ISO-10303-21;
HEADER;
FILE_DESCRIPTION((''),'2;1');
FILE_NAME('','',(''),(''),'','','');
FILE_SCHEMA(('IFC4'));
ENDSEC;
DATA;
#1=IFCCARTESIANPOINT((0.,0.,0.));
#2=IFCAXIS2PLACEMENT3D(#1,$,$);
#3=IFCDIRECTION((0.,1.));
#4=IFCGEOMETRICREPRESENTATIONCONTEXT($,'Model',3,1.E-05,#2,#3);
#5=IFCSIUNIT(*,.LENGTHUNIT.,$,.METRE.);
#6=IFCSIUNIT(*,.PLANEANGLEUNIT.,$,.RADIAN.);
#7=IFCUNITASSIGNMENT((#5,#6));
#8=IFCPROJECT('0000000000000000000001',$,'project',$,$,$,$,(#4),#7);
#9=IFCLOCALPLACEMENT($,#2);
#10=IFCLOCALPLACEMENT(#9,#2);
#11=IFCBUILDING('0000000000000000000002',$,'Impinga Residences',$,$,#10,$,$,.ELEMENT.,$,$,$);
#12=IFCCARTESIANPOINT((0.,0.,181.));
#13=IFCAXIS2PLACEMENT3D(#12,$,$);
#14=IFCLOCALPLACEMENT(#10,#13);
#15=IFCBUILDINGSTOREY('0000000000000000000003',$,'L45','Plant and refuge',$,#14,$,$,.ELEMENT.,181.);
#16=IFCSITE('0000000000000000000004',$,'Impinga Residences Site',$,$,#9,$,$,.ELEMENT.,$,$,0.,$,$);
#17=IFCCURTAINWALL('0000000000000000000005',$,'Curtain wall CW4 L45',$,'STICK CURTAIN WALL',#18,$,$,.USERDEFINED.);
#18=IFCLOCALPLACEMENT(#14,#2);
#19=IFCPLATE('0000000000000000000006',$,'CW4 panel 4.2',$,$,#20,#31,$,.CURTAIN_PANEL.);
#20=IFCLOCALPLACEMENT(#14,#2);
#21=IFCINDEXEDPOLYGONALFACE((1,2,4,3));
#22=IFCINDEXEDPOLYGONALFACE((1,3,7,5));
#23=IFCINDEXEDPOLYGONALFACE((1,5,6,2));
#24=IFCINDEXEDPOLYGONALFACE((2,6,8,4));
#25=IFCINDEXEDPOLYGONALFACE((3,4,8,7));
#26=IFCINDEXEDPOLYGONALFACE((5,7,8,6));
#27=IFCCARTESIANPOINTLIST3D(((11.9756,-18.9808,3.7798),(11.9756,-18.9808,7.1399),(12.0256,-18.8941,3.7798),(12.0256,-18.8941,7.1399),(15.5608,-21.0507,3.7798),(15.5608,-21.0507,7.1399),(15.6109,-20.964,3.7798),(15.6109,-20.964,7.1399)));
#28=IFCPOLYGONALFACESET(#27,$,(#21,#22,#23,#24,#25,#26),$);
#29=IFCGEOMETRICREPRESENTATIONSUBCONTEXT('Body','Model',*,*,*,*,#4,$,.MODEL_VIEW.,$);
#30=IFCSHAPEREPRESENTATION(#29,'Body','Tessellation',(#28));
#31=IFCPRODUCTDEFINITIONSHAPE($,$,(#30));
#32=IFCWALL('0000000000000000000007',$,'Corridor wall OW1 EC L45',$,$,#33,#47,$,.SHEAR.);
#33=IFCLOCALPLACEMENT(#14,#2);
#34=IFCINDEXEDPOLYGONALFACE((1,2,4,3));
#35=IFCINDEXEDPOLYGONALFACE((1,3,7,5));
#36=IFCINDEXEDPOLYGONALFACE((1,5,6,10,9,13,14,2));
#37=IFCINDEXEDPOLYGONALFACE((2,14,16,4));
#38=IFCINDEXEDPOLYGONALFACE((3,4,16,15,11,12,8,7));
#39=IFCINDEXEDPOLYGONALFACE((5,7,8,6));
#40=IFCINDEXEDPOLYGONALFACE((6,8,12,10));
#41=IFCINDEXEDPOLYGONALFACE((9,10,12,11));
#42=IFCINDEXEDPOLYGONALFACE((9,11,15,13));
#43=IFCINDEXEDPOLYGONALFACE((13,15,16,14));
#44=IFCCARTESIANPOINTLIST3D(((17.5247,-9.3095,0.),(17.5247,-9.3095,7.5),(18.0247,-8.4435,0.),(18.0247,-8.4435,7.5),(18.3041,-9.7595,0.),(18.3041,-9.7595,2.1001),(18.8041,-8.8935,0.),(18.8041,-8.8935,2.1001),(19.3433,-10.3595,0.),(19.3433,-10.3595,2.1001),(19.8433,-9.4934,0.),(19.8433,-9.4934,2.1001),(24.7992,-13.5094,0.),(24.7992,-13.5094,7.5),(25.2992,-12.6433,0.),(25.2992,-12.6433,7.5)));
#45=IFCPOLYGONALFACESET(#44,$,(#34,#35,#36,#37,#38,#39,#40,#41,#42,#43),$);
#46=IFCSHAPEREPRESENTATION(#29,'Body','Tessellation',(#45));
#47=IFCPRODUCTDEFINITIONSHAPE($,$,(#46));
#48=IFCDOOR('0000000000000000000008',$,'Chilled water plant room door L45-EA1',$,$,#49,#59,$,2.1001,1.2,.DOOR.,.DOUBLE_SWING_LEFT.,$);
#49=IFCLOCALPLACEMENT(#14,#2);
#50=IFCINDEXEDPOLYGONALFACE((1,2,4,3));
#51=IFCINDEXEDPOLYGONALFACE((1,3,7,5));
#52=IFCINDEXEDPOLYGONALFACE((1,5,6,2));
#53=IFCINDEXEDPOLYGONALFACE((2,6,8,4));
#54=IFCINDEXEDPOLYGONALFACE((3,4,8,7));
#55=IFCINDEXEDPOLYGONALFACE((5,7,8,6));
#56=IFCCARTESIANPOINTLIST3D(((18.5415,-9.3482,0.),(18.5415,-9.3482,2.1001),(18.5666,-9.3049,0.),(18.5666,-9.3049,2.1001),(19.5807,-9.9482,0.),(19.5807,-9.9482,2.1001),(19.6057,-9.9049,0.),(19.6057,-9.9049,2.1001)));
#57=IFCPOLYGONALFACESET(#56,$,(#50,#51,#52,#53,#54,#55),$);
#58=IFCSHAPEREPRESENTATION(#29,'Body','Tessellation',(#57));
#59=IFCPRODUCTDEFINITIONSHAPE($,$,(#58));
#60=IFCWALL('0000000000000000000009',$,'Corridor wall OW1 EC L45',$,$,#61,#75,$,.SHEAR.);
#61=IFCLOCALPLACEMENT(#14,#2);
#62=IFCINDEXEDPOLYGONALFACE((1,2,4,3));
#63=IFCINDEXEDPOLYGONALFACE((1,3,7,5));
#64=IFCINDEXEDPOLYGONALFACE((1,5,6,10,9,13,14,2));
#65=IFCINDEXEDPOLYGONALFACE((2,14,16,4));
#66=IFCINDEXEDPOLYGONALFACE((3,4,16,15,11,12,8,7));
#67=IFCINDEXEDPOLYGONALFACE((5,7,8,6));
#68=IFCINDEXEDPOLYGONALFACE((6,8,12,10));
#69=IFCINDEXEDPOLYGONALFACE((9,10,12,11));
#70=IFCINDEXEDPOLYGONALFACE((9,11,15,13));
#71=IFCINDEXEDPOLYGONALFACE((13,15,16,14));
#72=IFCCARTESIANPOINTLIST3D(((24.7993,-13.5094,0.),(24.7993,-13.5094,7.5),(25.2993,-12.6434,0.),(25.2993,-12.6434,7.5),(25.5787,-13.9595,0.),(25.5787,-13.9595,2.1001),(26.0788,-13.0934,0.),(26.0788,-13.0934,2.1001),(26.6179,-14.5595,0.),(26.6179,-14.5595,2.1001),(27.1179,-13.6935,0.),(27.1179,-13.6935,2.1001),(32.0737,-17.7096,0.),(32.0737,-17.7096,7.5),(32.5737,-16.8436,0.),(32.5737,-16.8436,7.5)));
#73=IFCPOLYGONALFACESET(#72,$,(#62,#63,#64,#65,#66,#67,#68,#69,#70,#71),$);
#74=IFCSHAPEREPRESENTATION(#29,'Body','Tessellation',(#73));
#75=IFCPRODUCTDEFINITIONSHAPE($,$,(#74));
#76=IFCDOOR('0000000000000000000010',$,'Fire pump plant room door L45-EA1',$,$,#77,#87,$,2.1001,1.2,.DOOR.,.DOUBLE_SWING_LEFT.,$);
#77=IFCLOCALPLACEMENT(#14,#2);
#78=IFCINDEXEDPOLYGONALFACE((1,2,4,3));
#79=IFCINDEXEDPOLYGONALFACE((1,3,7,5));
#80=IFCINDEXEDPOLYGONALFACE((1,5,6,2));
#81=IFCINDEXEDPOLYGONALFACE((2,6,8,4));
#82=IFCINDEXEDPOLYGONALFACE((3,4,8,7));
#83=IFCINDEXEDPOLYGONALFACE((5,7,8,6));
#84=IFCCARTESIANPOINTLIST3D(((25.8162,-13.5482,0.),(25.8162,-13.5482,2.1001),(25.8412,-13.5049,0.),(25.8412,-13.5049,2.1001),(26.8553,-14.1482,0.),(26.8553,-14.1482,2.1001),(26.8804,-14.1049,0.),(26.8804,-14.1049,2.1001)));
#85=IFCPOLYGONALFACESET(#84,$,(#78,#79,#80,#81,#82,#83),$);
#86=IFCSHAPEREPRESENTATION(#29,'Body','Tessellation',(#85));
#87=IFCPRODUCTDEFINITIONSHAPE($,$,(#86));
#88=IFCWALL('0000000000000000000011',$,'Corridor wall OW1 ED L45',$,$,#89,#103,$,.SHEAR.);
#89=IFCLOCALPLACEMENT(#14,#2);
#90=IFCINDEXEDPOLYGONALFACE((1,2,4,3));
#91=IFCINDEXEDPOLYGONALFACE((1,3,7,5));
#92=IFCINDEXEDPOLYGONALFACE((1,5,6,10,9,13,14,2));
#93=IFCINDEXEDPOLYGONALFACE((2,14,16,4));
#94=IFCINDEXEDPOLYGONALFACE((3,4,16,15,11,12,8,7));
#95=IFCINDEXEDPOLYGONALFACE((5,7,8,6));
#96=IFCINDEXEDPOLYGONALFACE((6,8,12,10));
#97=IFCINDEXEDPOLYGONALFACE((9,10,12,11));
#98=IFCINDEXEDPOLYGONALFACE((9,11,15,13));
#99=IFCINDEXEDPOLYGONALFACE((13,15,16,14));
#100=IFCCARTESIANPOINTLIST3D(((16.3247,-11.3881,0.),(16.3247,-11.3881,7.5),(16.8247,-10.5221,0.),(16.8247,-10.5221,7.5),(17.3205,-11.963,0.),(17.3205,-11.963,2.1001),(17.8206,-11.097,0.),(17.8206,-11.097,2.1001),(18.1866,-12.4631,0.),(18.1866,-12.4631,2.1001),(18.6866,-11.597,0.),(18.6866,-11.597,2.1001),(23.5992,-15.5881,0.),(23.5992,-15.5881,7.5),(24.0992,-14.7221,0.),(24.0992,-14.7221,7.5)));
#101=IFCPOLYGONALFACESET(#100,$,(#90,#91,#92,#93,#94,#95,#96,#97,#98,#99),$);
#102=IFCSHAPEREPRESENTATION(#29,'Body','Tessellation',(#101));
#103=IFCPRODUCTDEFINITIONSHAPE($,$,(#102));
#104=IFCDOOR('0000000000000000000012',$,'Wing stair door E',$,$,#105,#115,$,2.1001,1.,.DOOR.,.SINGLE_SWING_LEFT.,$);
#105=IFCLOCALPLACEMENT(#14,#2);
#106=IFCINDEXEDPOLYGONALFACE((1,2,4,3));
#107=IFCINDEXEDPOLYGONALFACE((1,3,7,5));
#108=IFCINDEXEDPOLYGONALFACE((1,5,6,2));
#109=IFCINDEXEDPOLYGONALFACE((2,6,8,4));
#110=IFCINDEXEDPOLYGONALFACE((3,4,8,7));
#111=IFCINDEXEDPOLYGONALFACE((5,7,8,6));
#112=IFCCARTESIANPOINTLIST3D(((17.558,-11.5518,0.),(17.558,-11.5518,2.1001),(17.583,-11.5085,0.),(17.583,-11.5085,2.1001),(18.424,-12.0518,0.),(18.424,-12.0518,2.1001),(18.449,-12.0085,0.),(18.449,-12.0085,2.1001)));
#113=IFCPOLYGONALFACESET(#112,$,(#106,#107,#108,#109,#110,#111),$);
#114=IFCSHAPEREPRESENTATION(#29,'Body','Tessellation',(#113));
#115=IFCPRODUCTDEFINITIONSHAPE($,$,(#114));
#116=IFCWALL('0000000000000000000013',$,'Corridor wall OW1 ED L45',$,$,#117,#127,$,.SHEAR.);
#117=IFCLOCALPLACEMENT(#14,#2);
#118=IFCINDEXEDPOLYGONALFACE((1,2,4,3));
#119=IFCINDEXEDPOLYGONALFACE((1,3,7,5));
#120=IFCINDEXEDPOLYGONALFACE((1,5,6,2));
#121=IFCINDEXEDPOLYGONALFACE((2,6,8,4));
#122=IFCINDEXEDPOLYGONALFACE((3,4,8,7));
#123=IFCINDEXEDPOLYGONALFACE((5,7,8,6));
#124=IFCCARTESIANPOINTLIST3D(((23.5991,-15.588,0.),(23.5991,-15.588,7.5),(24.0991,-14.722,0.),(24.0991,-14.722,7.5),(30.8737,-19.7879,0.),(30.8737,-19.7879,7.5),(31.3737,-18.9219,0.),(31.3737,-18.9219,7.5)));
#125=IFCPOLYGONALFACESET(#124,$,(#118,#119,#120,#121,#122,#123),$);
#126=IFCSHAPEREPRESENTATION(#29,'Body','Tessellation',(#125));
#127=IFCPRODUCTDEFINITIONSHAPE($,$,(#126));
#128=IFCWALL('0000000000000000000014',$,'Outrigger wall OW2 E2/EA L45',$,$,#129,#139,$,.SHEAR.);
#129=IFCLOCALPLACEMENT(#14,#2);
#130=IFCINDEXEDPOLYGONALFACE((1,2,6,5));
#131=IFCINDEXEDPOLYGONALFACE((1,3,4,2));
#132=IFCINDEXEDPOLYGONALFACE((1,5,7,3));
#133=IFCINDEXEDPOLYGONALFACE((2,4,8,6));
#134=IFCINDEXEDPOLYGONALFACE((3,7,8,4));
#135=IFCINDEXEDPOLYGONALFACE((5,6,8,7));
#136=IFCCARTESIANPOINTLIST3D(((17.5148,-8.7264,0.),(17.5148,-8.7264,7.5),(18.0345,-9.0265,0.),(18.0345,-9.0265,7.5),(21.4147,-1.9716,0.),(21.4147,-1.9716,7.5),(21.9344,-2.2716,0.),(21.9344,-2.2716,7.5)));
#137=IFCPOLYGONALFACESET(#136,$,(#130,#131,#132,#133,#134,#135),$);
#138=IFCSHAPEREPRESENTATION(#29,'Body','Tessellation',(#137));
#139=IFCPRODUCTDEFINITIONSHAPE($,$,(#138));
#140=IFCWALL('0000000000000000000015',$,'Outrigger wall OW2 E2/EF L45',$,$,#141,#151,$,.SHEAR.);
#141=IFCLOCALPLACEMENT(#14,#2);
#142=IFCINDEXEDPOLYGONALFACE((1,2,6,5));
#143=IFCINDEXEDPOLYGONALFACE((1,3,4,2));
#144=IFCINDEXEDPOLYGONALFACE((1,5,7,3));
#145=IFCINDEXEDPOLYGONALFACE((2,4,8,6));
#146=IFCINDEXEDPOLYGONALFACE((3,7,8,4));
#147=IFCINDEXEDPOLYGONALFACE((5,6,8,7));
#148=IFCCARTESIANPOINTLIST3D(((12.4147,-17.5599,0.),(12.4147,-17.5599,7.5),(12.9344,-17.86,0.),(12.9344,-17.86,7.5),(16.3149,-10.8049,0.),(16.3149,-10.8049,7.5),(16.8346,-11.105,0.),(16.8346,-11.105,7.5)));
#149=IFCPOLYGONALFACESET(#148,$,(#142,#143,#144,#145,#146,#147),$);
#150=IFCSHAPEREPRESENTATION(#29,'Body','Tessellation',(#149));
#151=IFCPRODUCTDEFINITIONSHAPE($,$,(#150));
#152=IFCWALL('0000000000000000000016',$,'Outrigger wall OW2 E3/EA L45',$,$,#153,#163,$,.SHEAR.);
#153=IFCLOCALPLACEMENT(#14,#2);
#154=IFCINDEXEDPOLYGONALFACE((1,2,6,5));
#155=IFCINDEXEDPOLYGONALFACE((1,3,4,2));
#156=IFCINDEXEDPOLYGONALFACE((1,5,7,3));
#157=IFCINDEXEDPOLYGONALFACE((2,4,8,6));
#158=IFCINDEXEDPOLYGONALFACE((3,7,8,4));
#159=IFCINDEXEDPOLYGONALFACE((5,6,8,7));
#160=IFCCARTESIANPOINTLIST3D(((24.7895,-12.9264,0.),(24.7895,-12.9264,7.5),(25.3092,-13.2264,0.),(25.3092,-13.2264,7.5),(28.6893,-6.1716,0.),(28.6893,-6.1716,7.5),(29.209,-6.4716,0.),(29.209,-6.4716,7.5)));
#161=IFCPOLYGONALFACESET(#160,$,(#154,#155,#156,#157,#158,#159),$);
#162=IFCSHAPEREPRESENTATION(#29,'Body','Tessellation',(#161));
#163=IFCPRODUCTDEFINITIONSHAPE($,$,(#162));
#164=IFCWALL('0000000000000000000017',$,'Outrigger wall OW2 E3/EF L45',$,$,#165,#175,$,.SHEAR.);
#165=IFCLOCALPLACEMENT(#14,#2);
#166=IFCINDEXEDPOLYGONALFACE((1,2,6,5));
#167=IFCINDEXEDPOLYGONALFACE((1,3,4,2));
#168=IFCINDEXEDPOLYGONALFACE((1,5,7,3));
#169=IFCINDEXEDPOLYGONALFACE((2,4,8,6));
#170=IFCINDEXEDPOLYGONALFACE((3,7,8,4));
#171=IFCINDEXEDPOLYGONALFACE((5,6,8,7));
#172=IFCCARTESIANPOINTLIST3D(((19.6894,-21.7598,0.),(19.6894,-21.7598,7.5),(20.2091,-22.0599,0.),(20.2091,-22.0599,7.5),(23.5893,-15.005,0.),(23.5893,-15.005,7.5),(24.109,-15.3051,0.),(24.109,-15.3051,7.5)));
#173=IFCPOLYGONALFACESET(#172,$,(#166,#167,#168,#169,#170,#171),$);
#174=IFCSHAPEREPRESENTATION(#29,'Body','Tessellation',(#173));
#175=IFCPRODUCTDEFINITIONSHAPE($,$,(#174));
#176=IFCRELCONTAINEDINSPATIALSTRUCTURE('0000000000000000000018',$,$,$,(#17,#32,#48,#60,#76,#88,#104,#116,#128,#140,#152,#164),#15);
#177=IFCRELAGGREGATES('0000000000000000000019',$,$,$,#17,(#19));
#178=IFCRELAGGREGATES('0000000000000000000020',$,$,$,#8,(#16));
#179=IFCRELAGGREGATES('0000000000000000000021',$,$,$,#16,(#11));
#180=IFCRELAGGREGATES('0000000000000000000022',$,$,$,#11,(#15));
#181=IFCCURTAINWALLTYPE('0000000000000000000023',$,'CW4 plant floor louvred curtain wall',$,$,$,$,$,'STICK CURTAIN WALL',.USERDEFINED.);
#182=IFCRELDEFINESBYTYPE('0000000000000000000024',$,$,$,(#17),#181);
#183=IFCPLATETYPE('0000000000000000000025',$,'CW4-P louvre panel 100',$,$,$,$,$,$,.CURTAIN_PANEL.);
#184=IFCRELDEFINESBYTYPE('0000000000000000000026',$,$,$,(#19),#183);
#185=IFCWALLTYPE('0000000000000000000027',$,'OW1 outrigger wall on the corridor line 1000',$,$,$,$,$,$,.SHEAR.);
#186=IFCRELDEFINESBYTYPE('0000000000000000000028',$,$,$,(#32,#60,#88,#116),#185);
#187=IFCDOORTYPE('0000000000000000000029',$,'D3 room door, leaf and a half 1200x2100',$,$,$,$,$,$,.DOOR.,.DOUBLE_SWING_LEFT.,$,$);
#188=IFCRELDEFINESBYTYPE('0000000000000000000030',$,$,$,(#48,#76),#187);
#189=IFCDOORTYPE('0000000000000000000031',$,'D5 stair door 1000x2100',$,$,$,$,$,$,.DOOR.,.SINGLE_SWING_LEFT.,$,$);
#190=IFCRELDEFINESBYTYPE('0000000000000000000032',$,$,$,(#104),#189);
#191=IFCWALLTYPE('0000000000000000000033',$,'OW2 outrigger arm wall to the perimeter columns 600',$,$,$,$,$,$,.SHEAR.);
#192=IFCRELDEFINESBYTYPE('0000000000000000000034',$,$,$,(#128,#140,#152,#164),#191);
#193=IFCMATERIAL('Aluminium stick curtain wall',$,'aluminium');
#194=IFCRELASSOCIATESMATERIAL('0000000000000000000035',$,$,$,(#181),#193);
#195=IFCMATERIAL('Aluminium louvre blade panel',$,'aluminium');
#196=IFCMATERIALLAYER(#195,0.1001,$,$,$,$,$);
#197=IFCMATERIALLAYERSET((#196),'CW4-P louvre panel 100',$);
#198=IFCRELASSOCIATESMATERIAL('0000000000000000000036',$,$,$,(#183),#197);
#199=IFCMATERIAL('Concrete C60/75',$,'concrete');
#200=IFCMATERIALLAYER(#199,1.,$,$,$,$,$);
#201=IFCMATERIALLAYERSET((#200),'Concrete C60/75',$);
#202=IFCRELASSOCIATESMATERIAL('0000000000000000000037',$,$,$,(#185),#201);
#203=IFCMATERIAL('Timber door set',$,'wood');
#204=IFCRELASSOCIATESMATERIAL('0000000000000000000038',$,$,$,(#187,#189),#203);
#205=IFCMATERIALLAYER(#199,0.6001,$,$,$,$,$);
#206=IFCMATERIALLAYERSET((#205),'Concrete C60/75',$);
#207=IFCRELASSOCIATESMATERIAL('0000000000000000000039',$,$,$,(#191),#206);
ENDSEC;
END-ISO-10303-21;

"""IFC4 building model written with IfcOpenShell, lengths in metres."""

from ifc_helpers import new_model, si_unit, direction, frame, frame_2d, origin, origin_2d, place, context, subcontext, project, spatial, rectangle, extrude, material, layer, layer_set, type_object, element, fill, aggregate, save


model = new_model("IFC4")

# Units and contexts
model_context = context("Model", 3, precision=1e-05, world=origin(), true_north=direction((0.0, 1.0)))
body_context = subcontext(model_context, "Body", "Model", "MODEL_VIEW")
ifc_project = project(units=[si_unit("LENGTHUNIT", "METRE"), si_unit("PLANEANGLEUNIT", "RADIAN")], contexts=[model_context])

# Site, building, storey
site_placement = place(None, origin())
site = spatial("IfcSite", under=ifc_project, at=site_placement, Name="Impinga Residences Site", CompositionType="ELEMENT", RefElevation=0.0)
building_placement = place(site_placement, origin())
building = spatial("IfcBuilding", under=site, at=building_placement, Name="Impinga Residences", CompositionType="ELEMENT")
storey_placement = place(building_placement, frame((0.0, 0.0, 181.0)))
storey = spatial("IfcBuildingStorey", under=building, at=storey_placement, Name="L45", Description="Plant and refuge", CompositionType="ELEMENT", Elevation=181.0)

# Curtain wall, plate
ifc_material_1 = material(Name="Aluminium stick curtain wall", Category="aluminium")
curtain_wall_type = type_object("IfcCurtainWallType", Name="CW4 plant floor louvred curtain wall", ElementType="STICK CURTAIN WALL", PredefinedType="USERDEFINED", material=ifc_material_1)
curtain_wall_placement = place(storey_placement, origin())
curtain_wall = element("IfcCurtainWall", 1, at=curtain_wall_placement, inside=storey, type_object=curtain_wall_type, Name="Curtain wall CW4 L45", ObjectType="STICK CURTAIN WALL", PredefinedType="USERDEFINED")
ifc_material_2 = material(Name="Aluminium louvre blade panel", Category="aluminium")
ifc_layer_1 = layer(ifc_material_2, 0.1001)
ifc_layer_set_1 = layer_set([ifc_layer_1], Name="CW4-P louvre panel 100")
plate_type = type_object("IfcPlateType", Name="CW4-P louvre panel 100", PredefinedType="CURTAIN_PANEL", material=ifc_layer_set_1)
plate_placement = place(storey_placement, frame((13.7932, -19.9724, 3.7798), z_axis=(0.0, 0.0, 1.0), x_axis=(-0.866025, 0.5, 0.0)))
plate = element("IfcPlate", 2, at=plate_placement, type_object=plate_type, Name="CW4 panel 4.2", PredefinedType="CURTAIN_PANEL", context=body_context, shape_type="SweptSolid", body=[
    extrude(rectangle(XDim=4.1399, YDim=0.1001, at=origin_2d()), origin(), (0.0, 0.0, 1.0), 3.3601),
])
aggregate(curtain_wall, [plate])

# Walls, openings, doors
ifc_material_3 = material(Name="Concrete C60/75", Category="concrete")
ifc_layer_2 = layer(ifc_material_3, 1.0)
ifc_layer_set_2 = layer_set([ifc_layer_2], Name="Concrete C60/75")
wall_type_1 = type_object("IfcWallType", Name="OW1 outrigger wall on the corridor line 1000", PredefinedType="SHEAR", material=ifc_layer_set_2)
wall_1_placement = place(storey_placement, frame((17.7747, -8.8765, 0.0), z_axis=(0.0, 0.0, 1.0), x_axis=(0.866029, -0.499993, 0.0)))
wall_1 = element("IfcWall", 3, at=wall_1_placement, inside=storey, type_object=wall_type_1, Name="Corridor wall OW1 EC L45", PredefinedType="SHEAR", context=body_context, shape_type="SweptSolid", body=[
    extrude(rectangle(XDim=8.3999, YDim=1.0, at=frame_2d((4.2, 0.0))), origin(), (0.0, 0.0, 1.0), 7.5),
])
opening_1_placement = place(wall_1_placement, frame((0.8999, 0.0, 0.0)))
opening_1 = element("IfcOpeningElement", 4, at=opening_1_placement, cuts=wall_1, PredefinedType="OPENING", context=body_context, shape_type="SweptSolid", body=[
    extrude(rectangle(XDim=1.2, YDim=2.1001, at=frame_2d((0.6001, 1.05))), frame((0.0, 0.51, 0.0), z_axis=(0.0, -1.0, 0.0), x_axis=(1.0, 0.0, 0.0)), (0.0, 0.0, 1.0), 1.02),
])
ifc_material_4 = material(Name="Timber door set", Category="wood")
door_type_1 = type_object("IfcDoorType", Name="D3 room door, leaf and a half 1200x2100", OperationType="DOUBLE_SWING_LEFT", PredefinedType="DOOR", material=ifc_material_4)
door_1_placement = place(opening_1_placement, origin())
door_1 = element("IfcDoor", 5, at=door_1_placement, inside=storey, type_object=door_type_1, Name="Chilled water plant room door L45-EA1", OperationType="DOUBLE_SWING_LEFT", OverallHeight=2.1001, OverallWidth=1.2, PredefinedType="DOOR", context=body_context, shape_type="SweptSolid", body=[
    extrude(rectangle(XDim=1.2, YDim=2.1001, at=frame_2d((0.6001, 1.05))), frame((0.0, 0.0249, 0.0), z_axis=(0.0, -1.0, 0.0), x_axis=(1.0, 0.0, 0.0)), (0.0, 0.0, 1.0), 0.05),
])
fill(opening_1, door_1)
wall_2_placement = place(storey_placement, frame((25.0493, -13.0764, 0.0), z_axis=(0.0, 0.0, 1.0), x_axis=(0.866009, -0.500028, 0.0)))
wall_2 = element("IfcWall", 6, at=wall_2_placement, inside=storey, type_object=wall_type_1, Name="Corridor wall OW1 EC L45", PredefinedType="SHEAR", context=body_context, shape_type="SweptSolid", body=[
    extrude(rectangle(XDim=8.3999, YDim=1.0, at=frame_2d((4.2, 0.0))), origin(), (0.0, 0.0, 1.0), 7.5),
])
opening_2_placement = place(wall_2_placement, frame((0.8999, 0.0, 0.0)))
opening_2 = element("IfcOpeningElement", 7, at=opening_2_placement, cuts=wall_2, PredefinedType="OPENING", context=body_context, shape_type="SweptSolid", body=[
    extrude(rectangle(XDim=1.2, YDim=2.1001, at=frame_2d((0.6001, 1.05))), frame((0.0, 0.51, 0.0), z_axis=(0.0, -1.0, 0.0), x_axis=(1.0, 0.0, 0.0)), (0.0, 0.0, 1.0), 1.02),
])
door_2_placement = place(opening_2_placement, origin())
door_2 = element("IfcDoor", 8, at=door_2_placement, inside=storey, type_object=door_type_1, Name="Fire pump plant room door L45-EA1", OperationType="DOUBLE_SWING_LEFT", OverallHeight=2.1001, OverallWidth=1.2, PredefinedType="DOOR", context=body_context, shape_type="SweptSolid", body=[
    extrude(rectangle(XDim=1.2, YDim=2.1001, at=frame_2d((0.6001, 1.05))), frame((0.0, 0.0249, 0.0), z_axis=(0.0, -1.0, 0.0), x_axis=(1.0, 0.0, 0.0)), (0.0, 0.0, 1.0), 0.05),
])
fill(opening_2, door_2)
wall_3_placement = place(storey_placement, frame((16.5747, -10.9551, 0.0), z_axis=(0.0, 0.0, 1.0), x_axis=(0.866022, -0.500006, 0.0)))
wall_3 = element("IfcWall", 9, at=wall_3_placement, inside=storey, type_object=wall_type_1, Name="Corridor wall OW1 ED L45", PredefinedType="SHEAR", context=body_context, shape_type="SweptSolid", body=[
    extrude(rectangle(XDim=8.3999, YDim=1.0, at=frame_2d((4.2, 0.0))), origin(), (0.0, 0.0, 1.0), 7.5),
])
opening_3_placement = place(wall_3_placement, frame((1.1499, 0.0, 0.0)))
opening_3 = element("IfcOpeningElement", 10, at=opening_3_placement, cuts=wall_3, PredefinedType="OPENING", context=body_context, shape_type="SweptSolid", body=[
    extrude(rectangle(XDim=1.0, YDim=2.1001, at=frame_2d((0.5, 1.05))), frame((0.0, 0.51, 0.0), z_axis=(0.0, -1.0, 0.0), x_axis=(1.0, 0.0, 0.0)), (0.0, 0.0, 1.0), 1.02),
])
door_type_2 = type_object("IfcDoorType", Name="D5 stair door 1000x2100", OperationType="SINGLE_SWING_LEFT", PredefinedType="DOOR", material=ifc_material_4)
door_3_placement = place(opening_3_placement, origin())
door_3 = element("IfcDoor", 11, at=door_3_placement, inside=storey, type_object=door_type_2, Name="Wing stair door E", OperationType="SINGLE_SWING_LEFT", OverallHeight=2.1001, OverallWidth=1.0, PredefinedType="DOOR", context=body_context, shape_type="SweptSolid", body=[
    extrude(rectangle(XDim=1.0, YDim=2.1001, at=frame_2d((0.5, 1.05))), frame((0.0, 0.0249, 0.0), z_axis=(0.0, -1.0, 0.0), x_axis=(1.0, 0.0, 0.0)), (0.0, 0.0, 1.0), 0.05),
])
fill(opening_3, door_3)

# Walls
wall_4_placement = place(storey_placement, frame((23.8491, -15.155, 0.0), z_axis=(0.0, 0.0, 1.0), x_axis=(0.866029, -0.499993, 0.0)))
element("IfcWall", 12, at=wall_4_placement, inside=storey, type_object=wall_type_1, Name="Corridor wall OW1 ED L45", PredefinedType="SHEAR", context=body_context, shape_type="SweptSolid", body=[
    extrude(rectangle(XDim=8.3999, YDim=1.0, at=frame_2d((4.2, 0.0))), origin(), (0.0, 0.0, 1.0), 7.5),
])
ifc_layer_3 = layer(ifc_material_3, 0.6001)
ifc_layer_set_3 = layer_set([ifc_layer_3], Name="Concrete C60/75")
wall_type_2 = type_object("IfcWallType", Name="OW2 outrigger arm wall to the perimeter columns 600", PredefinedType="SHEAR", material=ifc_layer_set_3)
wall_5_placement = place(storey_placement, frame((17.7747, -8.8765, 0.0), z_axis=(0.0, 0.0, 1.0), x_axis=(0.499997, 0.866027, 0.0)))
element("IfcWall", 13, at=wall_5_placement, inside=storey, type_object=wall_type_2, Name="Outrigger wall OW2 E2/EA L45", PredefinedType="SHEAR", context=body_context, shape_type="SweptSolid", body=[
    extrude(rectangle(XDim=7.7998, YDim=0.6001, at=frame_2d((3.8999, 0.0))), origin(), (0.0, 0.0, 1.0), 7.5),
])
wall_6_placement = place(storey_placement, frame((16.5747, -10.9551, 0.0), z_axis=(0.0, 0.0, 1.0), x_axis=(-0.50002, -0.866014, 0.0)))
element("IfcWall", 14, at=wall_6_placement, inside=storey, type_object=wall_type_2, Name="Outrigger wall OW2 E2/EF L45", PredefinedType="SHEAR", context=body_context, shape_type="SweptSolid", body=[
    extrude(rectangle(XDim=7.8, YDim=0.6001, at=frame_2d((3.8999, 0.0))), origin(), (0.0, 0.0, 1.0), 7.5),
])
for number, where, z_axis, x_axis, name in (
    (15, (25.0493, -13.0764, 0.0), (0.0, 0.0, 1.0), (0.499997, 0.866027, 0.0), "Outrigger wall OW2 E3/EA L45"),
    (16, (23.8491, -15.155, 0.0), (0.0, 0.0, 1.0), (-0.499997, -0.866027, 0.0), "Outrigger wall OW2 E3/EF L45"),
):
    element("IfcWall", number, at=place(storey_placement, frame(where, z_axis=z_axis, x_axis=x_axis)), inside=storey, type_object=wall_type_2, Name=name, PredefinedType="SHEAR", context=body_context, shape_type="SweptSolid", body=[
        extrude(rectangle(XDim=7.7998, YDim=0.6001, at=frame_2d((3.8999, 0.0))), origin(), (0.0, 0.0, 1.0), 7.5),
    ])

save(model, "model.ifc")
